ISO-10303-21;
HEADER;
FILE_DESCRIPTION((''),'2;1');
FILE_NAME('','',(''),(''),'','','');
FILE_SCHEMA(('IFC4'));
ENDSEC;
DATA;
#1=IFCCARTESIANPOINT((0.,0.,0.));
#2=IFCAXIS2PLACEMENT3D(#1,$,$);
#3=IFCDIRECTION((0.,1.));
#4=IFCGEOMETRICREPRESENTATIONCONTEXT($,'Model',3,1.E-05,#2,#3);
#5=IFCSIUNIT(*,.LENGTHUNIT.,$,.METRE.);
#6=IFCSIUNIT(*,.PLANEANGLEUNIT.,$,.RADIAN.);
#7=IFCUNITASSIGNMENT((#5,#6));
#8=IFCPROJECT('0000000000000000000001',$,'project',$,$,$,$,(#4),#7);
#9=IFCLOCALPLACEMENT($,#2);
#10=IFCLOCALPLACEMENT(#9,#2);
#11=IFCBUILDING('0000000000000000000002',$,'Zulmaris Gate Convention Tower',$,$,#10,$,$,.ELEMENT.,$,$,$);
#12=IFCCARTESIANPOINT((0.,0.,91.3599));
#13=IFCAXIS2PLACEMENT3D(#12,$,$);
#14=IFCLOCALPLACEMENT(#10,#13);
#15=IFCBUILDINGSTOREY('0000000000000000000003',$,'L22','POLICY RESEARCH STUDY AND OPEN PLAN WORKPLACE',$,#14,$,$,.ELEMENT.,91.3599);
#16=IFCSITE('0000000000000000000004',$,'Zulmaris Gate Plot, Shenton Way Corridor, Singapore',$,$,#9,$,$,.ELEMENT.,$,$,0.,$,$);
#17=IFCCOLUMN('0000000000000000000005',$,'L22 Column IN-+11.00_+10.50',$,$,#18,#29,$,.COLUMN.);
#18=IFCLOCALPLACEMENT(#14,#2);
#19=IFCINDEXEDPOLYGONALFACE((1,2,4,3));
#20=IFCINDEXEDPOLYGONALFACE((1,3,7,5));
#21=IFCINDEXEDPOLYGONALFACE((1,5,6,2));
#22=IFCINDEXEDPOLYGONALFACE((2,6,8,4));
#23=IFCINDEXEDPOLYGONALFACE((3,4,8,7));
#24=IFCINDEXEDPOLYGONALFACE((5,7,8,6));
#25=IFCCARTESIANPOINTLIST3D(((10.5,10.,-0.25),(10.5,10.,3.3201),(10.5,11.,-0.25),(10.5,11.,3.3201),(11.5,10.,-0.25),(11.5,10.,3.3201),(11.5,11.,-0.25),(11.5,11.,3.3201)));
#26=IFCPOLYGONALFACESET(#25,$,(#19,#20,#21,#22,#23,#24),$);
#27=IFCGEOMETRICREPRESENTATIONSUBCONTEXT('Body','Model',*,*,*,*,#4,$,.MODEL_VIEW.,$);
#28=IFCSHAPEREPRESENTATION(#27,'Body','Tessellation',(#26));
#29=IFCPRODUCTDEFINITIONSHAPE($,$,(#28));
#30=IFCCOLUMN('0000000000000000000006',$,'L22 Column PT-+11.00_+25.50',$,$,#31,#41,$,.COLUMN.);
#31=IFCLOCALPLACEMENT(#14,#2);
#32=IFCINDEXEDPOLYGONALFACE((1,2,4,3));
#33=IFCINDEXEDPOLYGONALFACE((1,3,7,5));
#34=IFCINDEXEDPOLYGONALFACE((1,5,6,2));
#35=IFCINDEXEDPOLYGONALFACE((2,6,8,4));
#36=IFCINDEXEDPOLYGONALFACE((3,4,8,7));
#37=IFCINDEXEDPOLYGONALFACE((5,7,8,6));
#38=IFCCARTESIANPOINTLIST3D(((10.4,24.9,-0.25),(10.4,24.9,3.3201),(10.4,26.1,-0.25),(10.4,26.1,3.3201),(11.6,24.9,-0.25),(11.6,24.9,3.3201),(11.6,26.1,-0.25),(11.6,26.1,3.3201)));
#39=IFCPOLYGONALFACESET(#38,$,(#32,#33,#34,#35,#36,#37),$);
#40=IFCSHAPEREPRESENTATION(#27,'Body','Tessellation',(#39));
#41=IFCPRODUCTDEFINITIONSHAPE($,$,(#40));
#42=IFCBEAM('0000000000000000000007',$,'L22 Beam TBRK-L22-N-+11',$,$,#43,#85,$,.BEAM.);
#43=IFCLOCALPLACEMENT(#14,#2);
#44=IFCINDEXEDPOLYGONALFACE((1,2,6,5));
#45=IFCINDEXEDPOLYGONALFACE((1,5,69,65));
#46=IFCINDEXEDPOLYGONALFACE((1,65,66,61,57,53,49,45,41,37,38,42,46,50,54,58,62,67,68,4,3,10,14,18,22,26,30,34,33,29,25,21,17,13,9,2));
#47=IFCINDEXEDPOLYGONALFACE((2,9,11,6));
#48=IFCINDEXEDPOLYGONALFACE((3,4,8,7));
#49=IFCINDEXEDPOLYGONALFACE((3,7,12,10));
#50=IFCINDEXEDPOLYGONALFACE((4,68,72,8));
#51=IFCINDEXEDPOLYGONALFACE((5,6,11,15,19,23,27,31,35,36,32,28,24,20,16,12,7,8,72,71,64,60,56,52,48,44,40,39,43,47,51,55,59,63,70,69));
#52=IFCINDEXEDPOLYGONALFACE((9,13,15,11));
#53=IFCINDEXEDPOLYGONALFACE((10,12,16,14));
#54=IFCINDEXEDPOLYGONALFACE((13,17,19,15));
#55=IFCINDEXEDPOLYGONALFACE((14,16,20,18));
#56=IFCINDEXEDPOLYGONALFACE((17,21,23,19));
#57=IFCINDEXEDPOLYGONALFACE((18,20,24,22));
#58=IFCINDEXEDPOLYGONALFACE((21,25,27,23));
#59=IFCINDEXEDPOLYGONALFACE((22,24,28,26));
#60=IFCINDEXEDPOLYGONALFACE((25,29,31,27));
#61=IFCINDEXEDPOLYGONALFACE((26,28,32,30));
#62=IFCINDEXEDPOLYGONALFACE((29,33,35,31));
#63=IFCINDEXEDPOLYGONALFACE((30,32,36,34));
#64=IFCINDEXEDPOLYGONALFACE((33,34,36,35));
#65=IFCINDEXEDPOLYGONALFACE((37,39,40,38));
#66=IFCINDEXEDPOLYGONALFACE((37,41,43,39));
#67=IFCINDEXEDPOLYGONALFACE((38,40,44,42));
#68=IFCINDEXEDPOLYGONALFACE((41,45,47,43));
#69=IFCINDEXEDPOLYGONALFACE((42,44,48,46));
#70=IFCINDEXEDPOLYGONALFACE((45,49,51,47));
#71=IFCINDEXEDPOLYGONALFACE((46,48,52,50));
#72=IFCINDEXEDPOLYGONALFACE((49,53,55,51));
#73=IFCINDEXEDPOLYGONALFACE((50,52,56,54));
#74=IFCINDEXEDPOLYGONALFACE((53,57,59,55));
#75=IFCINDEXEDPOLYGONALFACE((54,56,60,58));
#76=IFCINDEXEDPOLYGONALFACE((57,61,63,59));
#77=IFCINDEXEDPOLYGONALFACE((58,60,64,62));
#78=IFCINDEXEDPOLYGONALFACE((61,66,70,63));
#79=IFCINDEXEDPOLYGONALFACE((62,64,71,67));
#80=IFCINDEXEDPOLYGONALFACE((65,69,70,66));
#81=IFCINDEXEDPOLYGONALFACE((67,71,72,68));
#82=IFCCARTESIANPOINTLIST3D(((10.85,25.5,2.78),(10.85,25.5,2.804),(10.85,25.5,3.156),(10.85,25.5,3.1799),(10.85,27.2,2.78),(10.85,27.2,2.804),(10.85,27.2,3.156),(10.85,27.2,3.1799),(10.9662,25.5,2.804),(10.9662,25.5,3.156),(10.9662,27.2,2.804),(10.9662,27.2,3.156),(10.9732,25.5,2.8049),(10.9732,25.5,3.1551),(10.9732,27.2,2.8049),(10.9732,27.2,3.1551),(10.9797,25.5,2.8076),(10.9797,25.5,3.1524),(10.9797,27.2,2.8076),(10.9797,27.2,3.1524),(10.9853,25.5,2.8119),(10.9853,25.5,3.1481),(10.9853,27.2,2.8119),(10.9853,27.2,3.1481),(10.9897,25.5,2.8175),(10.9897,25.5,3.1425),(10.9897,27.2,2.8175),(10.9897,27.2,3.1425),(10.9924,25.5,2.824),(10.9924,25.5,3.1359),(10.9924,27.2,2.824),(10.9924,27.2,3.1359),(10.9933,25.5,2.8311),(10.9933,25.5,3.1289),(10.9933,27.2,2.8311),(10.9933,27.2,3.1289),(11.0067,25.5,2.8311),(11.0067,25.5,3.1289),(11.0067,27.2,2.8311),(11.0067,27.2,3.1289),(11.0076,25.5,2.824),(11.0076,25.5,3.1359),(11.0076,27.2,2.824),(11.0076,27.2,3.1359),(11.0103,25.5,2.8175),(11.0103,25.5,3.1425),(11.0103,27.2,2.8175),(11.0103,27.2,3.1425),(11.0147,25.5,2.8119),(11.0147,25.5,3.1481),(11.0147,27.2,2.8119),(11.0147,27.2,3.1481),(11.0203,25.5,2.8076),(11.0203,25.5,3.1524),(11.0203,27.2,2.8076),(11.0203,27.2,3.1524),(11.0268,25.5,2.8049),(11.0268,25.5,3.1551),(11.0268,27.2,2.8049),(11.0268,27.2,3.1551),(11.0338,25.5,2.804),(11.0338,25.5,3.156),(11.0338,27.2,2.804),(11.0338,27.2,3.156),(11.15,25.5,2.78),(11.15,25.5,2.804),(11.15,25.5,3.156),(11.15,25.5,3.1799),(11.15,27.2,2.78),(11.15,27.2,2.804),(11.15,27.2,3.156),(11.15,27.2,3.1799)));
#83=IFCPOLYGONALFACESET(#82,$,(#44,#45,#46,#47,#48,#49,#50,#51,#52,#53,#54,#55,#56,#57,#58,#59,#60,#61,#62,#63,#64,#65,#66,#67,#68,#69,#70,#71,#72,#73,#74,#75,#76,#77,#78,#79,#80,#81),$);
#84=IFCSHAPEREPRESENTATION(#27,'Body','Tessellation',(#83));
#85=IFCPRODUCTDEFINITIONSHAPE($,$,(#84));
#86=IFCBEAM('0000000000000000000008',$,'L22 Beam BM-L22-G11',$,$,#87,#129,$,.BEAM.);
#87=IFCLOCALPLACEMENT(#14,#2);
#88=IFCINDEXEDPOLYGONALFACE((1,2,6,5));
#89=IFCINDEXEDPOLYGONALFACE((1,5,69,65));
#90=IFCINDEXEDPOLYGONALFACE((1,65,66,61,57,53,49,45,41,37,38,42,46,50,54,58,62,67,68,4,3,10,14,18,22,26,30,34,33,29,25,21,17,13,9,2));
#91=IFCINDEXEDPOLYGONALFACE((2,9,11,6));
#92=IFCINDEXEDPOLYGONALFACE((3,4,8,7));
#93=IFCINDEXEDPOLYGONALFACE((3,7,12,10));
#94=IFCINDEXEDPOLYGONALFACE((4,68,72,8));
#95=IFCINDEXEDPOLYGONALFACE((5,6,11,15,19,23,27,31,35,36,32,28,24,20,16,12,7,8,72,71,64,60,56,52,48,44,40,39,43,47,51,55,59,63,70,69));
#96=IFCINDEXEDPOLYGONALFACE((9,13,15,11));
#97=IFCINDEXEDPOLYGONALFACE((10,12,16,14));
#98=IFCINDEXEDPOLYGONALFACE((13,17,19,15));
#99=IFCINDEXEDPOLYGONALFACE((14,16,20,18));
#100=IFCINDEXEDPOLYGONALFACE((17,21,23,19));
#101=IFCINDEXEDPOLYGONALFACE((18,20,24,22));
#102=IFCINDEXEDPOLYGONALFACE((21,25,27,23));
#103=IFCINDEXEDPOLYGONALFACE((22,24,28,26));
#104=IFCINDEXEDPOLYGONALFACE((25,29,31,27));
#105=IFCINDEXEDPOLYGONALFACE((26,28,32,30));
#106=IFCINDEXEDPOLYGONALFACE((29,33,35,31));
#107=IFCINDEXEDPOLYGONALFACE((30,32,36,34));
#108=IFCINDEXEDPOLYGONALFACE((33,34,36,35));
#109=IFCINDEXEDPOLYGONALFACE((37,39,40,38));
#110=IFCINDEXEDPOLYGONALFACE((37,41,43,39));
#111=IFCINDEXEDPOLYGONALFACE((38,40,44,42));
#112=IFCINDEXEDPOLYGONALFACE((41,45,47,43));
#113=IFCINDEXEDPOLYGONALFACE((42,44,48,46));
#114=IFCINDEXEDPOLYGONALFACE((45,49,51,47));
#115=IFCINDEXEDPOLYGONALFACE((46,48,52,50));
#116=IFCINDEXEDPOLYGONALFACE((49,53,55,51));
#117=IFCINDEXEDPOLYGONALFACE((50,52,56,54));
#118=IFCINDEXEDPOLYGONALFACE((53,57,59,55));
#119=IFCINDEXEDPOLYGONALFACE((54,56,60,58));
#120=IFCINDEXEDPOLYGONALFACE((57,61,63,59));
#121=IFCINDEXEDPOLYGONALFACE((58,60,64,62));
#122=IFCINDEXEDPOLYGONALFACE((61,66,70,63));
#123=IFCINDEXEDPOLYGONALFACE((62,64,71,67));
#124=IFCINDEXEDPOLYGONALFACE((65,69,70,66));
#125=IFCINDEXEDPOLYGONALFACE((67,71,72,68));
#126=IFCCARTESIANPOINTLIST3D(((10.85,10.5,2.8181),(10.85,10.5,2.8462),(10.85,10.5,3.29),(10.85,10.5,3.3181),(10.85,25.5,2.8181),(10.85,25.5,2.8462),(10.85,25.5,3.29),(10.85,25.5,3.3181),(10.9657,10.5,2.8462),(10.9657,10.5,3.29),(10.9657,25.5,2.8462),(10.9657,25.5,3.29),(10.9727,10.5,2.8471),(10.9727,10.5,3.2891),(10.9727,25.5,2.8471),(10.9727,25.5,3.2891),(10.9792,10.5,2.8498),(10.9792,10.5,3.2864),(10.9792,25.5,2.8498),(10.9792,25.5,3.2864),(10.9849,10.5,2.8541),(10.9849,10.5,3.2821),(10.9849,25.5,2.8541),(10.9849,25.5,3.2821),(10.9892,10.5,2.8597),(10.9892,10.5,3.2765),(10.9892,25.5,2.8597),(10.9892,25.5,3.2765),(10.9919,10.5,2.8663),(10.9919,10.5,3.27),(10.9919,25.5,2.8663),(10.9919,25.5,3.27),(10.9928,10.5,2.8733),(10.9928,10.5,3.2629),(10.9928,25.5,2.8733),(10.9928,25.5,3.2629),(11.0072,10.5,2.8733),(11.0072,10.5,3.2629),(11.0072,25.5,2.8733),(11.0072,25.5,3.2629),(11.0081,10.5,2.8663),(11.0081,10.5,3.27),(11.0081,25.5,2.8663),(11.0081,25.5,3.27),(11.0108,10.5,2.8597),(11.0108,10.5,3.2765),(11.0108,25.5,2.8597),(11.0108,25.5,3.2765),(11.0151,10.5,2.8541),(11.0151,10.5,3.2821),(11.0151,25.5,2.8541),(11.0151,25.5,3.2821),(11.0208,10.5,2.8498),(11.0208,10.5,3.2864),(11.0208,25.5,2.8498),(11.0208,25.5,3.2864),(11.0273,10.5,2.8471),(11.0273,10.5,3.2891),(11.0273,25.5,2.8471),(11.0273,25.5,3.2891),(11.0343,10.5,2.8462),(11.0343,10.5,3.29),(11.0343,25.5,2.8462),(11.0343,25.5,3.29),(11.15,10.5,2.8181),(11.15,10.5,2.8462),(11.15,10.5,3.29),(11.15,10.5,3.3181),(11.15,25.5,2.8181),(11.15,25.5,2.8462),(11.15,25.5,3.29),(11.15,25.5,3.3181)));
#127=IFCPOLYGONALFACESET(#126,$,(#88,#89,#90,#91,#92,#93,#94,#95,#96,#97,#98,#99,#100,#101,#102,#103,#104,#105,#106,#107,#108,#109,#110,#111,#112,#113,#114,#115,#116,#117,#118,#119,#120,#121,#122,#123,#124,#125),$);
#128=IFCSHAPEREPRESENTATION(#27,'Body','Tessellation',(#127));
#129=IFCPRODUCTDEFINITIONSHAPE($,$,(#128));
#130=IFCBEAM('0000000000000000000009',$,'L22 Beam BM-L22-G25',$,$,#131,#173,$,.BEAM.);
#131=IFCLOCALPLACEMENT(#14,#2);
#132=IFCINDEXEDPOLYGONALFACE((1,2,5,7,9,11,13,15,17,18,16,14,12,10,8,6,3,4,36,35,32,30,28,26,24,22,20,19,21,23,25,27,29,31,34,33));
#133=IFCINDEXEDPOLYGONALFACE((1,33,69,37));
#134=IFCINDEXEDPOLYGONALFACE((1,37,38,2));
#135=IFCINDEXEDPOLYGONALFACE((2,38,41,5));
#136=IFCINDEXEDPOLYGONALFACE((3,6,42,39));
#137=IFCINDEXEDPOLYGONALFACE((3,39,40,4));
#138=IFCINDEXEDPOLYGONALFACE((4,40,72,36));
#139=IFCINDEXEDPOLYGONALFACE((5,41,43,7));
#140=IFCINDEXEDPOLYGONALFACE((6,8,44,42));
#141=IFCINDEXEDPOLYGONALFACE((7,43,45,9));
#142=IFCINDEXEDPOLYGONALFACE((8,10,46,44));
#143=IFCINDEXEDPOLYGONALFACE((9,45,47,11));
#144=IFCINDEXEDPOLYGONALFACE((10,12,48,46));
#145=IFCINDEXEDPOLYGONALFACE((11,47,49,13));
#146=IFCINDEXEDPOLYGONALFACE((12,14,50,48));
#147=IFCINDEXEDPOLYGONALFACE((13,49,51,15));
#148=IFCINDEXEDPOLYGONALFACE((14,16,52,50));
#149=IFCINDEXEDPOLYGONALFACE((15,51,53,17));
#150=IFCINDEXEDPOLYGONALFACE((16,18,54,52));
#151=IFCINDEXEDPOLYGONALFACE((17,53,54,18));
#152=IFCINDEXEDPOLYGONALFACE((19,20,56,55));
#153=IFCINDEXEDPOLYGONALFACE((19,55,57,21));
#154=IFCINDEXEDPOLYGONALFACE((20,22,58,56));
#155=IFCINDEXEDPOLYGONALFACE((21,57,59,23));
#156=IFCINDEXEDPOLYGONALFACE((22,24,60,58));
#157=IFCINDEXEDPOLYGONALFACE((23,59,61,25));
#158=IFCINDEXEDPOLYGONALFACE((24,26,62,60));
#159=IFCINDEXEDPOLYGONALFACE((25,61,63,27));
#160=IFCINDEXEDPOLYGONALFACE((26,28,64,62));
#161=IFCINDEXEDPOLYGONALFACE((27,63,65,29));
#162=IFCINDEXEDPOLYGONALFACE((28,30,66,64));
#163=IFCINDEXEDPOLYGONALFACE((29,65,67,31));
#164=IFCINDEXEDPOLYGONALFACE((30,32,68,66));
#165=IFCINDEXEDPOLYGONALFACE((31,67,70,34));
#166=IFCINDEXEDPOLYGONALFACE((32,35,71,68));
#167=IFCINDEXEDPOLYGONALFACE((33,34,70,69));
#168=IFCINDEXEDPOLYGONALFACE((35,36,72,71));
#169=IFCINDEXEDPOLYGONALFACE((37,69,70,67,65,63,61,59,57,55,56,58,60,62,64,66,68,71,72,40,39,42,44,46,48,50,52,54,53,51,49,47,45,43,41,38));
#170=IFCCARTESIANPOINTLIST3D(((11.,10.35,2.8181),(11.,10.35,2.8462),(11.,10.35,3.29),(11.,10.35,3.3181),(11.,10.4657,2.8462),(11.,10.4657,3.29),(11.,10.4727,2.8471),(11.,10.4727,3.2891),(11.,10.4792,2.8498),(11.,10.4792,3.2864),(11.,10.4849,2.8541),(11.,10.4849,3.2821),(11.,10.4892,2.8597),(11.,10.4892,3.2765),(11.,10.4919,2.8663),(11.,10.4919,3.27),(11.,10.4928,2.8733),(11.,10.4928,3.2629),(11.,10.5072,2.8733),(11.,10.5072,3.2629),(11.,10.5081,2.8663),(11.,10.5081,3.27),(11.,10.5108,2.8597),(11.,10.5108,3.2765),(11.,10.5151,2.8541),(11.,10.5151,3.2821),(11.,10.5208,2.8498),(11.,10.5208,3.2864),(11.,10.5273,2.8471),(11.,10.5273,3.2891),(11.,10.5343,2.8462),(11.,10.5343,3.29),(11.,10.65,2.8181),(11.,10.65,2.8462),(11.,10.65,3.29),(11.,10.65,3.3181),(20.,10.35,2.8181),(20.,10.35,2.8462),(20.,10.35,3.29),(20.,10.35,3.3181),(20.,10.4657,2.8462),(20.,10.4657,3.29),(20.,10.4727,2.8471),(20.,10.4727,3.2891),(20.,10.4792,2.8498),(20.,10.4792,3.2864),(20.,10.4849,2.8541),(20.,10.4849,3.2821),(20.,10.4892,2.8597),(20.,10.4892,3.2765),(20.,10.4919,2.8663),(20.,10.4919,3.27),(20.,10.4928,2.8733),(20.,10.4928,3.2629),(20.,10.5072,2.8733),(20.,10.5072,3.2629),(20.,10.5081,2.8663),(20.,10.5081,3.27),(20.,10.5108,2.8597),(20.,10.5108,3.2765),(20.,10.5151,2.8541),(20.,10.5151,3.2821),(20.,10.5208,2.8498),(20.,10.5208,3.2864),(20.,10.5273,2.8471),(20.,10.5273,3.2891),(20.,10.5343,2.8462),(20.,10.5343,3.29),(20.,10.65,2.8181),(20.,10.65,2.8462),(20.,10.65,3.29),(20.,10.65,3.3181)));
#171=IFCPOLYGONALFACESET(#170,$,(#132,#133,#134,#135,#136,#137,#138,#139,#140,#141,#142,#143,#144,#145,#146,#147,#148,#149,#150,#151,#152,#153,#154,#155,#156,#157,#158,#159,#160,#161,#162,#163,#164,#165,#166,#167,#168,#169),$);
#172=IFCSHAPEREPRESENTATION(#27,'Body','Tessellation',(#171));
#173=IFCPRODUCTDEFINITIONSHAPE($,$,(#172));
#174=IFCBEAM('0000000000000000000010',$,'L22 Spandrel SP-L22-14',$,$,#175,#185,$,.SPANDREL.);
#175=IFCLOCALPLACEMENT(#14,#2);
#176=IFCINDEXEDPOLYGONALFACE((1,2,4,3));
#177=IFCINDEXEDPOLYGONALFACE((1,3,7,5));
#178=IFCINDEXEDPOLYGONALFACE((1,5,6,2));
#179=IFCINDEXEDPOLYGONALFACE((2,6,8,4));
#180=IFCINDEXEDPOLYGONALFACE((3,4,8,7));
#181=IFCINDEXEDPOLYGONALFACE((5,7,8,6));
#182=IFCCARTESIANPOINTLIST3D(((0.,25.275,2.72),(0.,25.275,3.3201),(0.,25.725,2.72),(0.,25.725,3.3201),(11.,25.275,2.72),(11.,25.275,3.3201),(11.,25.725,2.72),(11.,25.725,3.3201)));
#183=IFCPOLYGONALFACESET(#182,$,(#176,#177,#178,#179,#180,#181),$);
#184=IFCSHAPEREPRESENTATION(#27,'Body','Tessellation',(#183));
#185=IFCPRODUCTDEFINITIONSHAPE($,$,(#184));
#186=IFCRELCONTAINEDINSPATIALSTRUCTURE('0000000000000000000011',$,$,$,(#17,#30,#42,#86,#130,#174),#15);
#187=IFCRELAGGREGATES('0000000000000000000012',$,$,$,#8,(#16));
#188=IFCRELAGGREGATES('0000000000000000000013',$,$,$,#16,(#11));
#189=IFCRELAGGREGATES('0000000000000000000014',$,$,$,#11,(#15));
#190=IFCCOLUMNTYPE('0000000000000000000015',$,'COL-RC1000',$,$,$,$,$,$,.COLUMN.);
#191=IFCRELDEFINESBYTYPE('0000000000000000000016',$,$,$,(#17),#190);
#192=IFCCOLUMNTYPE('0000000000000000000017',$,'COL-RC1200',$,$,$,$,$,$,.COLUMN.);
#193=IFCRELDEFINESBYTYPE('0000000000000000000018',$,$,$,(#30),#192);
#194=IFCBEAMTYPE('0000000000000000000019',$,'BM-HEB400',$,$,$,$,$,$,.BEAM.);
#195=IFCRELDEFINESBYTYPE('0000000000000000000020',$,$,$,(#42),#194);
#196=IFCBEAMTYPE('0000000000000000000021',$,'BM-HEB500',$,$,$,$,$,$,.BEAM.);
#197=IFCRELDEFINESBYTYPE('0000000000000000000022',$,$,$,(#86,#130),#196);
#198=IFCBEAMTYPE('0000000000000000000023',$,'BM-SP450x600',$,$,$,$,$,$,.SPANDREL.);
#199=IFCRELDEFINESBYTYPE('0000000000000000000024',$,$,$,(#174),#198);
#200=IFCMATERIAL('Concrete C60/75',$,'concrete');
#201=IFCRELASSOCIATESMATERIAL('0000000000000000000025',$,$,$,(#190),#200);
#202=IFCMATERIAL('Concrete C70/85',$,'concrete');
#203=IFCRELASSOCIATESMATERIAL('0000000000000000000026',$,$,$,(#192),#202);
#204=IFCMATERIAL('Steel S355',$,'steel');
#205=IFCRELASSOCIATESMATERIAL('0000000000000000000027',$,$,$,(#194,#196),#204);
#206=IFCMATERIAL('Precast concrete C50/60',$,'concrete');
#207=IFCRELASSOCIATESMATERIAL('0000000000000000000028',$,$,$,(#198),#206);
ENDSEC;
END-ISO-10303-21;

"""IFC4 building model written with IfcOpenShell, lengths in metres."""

from ifc_helpers import new_model, si_unit, direction, frame, origin, origin_2d, place, context, subcontext, project, spatial, rectangle, i_section, extrude, material, material_profile, profile_set, type_object, element, save


model = new_model("IFC4")

# Units and contexts
model_context = context("Model", 3, precision=1e-05, world=origin(), true_north=direction((0.0, 1.0)))
body_context = subcontext(model_context, "Body", "Model", "MODEL_VIEW")
ifc_project = project(units=[si_unit("LENGTHUNIT", "METRE"), si_unit("PLANEANGLEUNIT", "RADIAN")], contexts=[model_context])

# Site, building, storey
site_placement = place(None, origin())
site = spatial("IfcSite", under=ifc_project, at=site_placement, Name="Zulmaris Gate Plot, Shenton Way Corridor, Singapore", CompositionType="ELEMENT", RefElevation=0.0)
building_placement = place(site_placement, origin())
building = spatial("IfcBuilding", under=site, at=building_placement, Name="Zulmaris Gate Convention Tower", CompositionType="ELEMENT")
storey_placement = place(building_placement, frame((0.0, 0.0, 91.3599)))
storey = spatial("IfcBuildingStorey", under=building, at=storey_placement, Name="L22", Description="POLICY RESEARCH STUDY AND OPEN PLAN WORKPLACE", CompositionType="ELEMENT", Elevation=91.3599)

# Columns
ifc_material_1 = material(Name="Concrete C60/75", Category="concrete")
ifc_material_profile_1 = material_profile(ifc_material_1, rectangle(XDim=1.0, YDim=1.0, at=origin_2d()), Name="RC COL 1000x1000")
ifc_profile_set_1 = profile_set([ifc_material_profile_1], Name="Concrete C60/75")
column_type_1 = type_object("IfcColumnType", Name="COL-RC1000", PredefinedType="COLUMN", material=ifc_profile_set_1)
column_1_placement = place(storey_placement, frame((11.0, 10.5, -0.25), z_axis=(0.0, 0.0, 1.0), x_axis=(1.0, 0.0, 0.0)))
element("IfcColumn", 1, at=column_1_placement, inside=storey, type_object=column_type_1, Name="L22 Column IN-+11.00_+10.50", PredefinedType="COLUMN", context=body_context, shape_type="SweptSolid", body=[
    extrude(rectangle(XDim=1.0, YDim=1.0, at=origin_2d()), origin(), (0.0, 0.0, 1.0), 3.5701),
])
ifc_material_2 = material(Name="Concrete C70/85", Category="concrete")
ifc_material_profile_2 = material_profile(ifc_material_2, rectangle(XDim=1.2, YDim=1.2, at=origin_2d()), Name="RC COL 1200x1200")
ifc_profile_set_2 = profile_set([ifc_material_profile_2], Name="Concrete C70/85")
column_type_2 = type_object("IfcColumnType", Name="COL-RC1200", PredefinedType="COLUMN", material=ifc_profile_set_2)
column_2_placement = place(storey_placement, frame((11.0, 25.5, -0.25), z_axis=(0.0, 0.0, 1.0), x_axis=(1.0, 0.0, 0.0)))
element("IfcColumn", 2, at=column_2_placement, inside=storey, type_object=column_type_2, Name="L22 Column PT-+11.00_+25.50", PredefinedType="COLUMN", context=body_context, shape_type="SweptSolid", body=[
    extrude(rectangle(XDim=1.2, YDim=1.2, at=origin_2d()), origin(), (0.0, 0.0, 1.0), 3.5701),
])

# Beams
ifc_material_3 = material(Name="Steel S355", Category="steel")
ifc_material_profile_3 = material_profile(ifc_material_3, i_section(OverallWidth=0.3, OverallDepth=0.3999, WebThickness=0.0134, FlangeThickness=0.0239, FilletRadius=0.0271, at=origin_2d()), Name="HEB 400")
ifc_profile_set_3 = profile_set([ifc_material_profile_3], Name="Steel S355")
beam_type_1 = type_object("IfcBeamType", Name="BM-HEB400", PredefinedType="BEAM", material=ifc_profile_set_3)
beam_1_placement = place(storey_placement, frame((11.0, 25.5, 2.98), z_axis=(0.0, 1.0, 0.0), x_axis=(-1.0, 0.0, 0.0)))
element("IfcBeam", 3, at=beam_1_placement, inside=storey, type_object=beam_type_1, Name="L22 Beam TBRK-L22-N-+11", PredefinedType="BEAM", context=body_context, shape_type="SweptSolid", body=[
    extrude(i_section(OverallWidth=0.3, OverallDepth=0.3999, WebThickness=0.0134, FlangeThickness=0.0239, FilletRadius=0.0271, at=origin_2d()), origin(), (0.0, 0.0, 1.0), 1.7),
])
ifc_material_profile_4 = material_profile(ifc_material_3, i_section(OverallWidth=0.3, OverallDepth=0.5, WebThickness=0.0144, FlangeThickness=0.0281, FilletRadius=0.0271, at=origin_2d()), Name="HEB 500")
ifc_profile_set_4 = profile_set([ifc_material_profile_4], Name="Steel S355")
beam_type_2 = type_object("IfcBeamType", Name="BM-HEB500", PredefinedType="BEAM", material=ifc_profile_set_4)
beam_2_placement = place(storey_placement, frame((11.0, 10.5, 3.0681), z_axis=(0.0, 1.0, 0.0), x_axis=(-1.0, 0.0, 0.0)))
element("IfcBeam", 4, at=beam_2_placement, inside=storey, type_object=beam_type_2, Name="L22 Beam BM-L22-G11", PredefinedType="BEAM", context=body_context, shape_type="SweptSolid", body=[
    extrude(i_section(OverallWidth=0.3, OverallDepth=0.5, WebThickness=0.0144, FlangeThickness=0.0281, FilletRadius=0.0271, at=origin_2d()), origin(), (0.0, 0.0, 1.0), 15.0),
])
beam_3_placement = place(storey_placement, frame((11.0, 10.5, 3.0681), z_axis=(1.0, 0.0, 0.0), x_axis=(0.0, 1.0, 0.0)))
element("IfcBeam", 5, at=beam_3_placement, inside=storey, type_object=beam_type_2, Name="L22 Beam BM-L22-G25", PredefinedType="BEAM", context=body_context, shape_type="SweptSolid", body=[
    extrude(i_section(OverallWidth=0.3, OverallDepth=0.5, WebThickness=0.0144, FlangeThickness=0.0281, FilletRadius=0.0271, at=origin_2d()), origin(), (0.0, 0.0, 1.0), 9.0),
])
ifc_material_4 = material(Name="Precast concrete C50/60", Category="concrete")
ifc_material_profile_5 = material_profile(ifc_material_4, rectangle(XDim=0.45, YDim=0.6001, at=origin_2d()), Name="RC SPANDREL 450x600")
ifc_profile_set_5 = profile_set([ifc_material_profile_5], Name="Precast concrete C50/60")
beam_type_3 = type_object("IfcBeamType", Name="BM-SP450x600", PredefinedType="SPANDREL", material=ifc_profile_set_5)
beam_4_placement = place(storey_placement, frame((11.0, 25.5, 3.02), z_axis=(-1.0, 0.0, 0.0), x_axis=(0.0, -1.0, 0.0)))
element("IfcBeam", 6, at=beam_4_placement, inside=storey, type_object=beam_type_3, Name="L22 Spandrel SP-L22-14", PredefinedType="SPANDREL", context=body_context, shape_type="SweptSolid", body=[
    extrude(rectangle(XDim=0.45, YDim=0.6001, at=origin_2d()), origin(), (0.0, 0.0, 1.0), 11.0),
])

save(model, "model.ifc")
